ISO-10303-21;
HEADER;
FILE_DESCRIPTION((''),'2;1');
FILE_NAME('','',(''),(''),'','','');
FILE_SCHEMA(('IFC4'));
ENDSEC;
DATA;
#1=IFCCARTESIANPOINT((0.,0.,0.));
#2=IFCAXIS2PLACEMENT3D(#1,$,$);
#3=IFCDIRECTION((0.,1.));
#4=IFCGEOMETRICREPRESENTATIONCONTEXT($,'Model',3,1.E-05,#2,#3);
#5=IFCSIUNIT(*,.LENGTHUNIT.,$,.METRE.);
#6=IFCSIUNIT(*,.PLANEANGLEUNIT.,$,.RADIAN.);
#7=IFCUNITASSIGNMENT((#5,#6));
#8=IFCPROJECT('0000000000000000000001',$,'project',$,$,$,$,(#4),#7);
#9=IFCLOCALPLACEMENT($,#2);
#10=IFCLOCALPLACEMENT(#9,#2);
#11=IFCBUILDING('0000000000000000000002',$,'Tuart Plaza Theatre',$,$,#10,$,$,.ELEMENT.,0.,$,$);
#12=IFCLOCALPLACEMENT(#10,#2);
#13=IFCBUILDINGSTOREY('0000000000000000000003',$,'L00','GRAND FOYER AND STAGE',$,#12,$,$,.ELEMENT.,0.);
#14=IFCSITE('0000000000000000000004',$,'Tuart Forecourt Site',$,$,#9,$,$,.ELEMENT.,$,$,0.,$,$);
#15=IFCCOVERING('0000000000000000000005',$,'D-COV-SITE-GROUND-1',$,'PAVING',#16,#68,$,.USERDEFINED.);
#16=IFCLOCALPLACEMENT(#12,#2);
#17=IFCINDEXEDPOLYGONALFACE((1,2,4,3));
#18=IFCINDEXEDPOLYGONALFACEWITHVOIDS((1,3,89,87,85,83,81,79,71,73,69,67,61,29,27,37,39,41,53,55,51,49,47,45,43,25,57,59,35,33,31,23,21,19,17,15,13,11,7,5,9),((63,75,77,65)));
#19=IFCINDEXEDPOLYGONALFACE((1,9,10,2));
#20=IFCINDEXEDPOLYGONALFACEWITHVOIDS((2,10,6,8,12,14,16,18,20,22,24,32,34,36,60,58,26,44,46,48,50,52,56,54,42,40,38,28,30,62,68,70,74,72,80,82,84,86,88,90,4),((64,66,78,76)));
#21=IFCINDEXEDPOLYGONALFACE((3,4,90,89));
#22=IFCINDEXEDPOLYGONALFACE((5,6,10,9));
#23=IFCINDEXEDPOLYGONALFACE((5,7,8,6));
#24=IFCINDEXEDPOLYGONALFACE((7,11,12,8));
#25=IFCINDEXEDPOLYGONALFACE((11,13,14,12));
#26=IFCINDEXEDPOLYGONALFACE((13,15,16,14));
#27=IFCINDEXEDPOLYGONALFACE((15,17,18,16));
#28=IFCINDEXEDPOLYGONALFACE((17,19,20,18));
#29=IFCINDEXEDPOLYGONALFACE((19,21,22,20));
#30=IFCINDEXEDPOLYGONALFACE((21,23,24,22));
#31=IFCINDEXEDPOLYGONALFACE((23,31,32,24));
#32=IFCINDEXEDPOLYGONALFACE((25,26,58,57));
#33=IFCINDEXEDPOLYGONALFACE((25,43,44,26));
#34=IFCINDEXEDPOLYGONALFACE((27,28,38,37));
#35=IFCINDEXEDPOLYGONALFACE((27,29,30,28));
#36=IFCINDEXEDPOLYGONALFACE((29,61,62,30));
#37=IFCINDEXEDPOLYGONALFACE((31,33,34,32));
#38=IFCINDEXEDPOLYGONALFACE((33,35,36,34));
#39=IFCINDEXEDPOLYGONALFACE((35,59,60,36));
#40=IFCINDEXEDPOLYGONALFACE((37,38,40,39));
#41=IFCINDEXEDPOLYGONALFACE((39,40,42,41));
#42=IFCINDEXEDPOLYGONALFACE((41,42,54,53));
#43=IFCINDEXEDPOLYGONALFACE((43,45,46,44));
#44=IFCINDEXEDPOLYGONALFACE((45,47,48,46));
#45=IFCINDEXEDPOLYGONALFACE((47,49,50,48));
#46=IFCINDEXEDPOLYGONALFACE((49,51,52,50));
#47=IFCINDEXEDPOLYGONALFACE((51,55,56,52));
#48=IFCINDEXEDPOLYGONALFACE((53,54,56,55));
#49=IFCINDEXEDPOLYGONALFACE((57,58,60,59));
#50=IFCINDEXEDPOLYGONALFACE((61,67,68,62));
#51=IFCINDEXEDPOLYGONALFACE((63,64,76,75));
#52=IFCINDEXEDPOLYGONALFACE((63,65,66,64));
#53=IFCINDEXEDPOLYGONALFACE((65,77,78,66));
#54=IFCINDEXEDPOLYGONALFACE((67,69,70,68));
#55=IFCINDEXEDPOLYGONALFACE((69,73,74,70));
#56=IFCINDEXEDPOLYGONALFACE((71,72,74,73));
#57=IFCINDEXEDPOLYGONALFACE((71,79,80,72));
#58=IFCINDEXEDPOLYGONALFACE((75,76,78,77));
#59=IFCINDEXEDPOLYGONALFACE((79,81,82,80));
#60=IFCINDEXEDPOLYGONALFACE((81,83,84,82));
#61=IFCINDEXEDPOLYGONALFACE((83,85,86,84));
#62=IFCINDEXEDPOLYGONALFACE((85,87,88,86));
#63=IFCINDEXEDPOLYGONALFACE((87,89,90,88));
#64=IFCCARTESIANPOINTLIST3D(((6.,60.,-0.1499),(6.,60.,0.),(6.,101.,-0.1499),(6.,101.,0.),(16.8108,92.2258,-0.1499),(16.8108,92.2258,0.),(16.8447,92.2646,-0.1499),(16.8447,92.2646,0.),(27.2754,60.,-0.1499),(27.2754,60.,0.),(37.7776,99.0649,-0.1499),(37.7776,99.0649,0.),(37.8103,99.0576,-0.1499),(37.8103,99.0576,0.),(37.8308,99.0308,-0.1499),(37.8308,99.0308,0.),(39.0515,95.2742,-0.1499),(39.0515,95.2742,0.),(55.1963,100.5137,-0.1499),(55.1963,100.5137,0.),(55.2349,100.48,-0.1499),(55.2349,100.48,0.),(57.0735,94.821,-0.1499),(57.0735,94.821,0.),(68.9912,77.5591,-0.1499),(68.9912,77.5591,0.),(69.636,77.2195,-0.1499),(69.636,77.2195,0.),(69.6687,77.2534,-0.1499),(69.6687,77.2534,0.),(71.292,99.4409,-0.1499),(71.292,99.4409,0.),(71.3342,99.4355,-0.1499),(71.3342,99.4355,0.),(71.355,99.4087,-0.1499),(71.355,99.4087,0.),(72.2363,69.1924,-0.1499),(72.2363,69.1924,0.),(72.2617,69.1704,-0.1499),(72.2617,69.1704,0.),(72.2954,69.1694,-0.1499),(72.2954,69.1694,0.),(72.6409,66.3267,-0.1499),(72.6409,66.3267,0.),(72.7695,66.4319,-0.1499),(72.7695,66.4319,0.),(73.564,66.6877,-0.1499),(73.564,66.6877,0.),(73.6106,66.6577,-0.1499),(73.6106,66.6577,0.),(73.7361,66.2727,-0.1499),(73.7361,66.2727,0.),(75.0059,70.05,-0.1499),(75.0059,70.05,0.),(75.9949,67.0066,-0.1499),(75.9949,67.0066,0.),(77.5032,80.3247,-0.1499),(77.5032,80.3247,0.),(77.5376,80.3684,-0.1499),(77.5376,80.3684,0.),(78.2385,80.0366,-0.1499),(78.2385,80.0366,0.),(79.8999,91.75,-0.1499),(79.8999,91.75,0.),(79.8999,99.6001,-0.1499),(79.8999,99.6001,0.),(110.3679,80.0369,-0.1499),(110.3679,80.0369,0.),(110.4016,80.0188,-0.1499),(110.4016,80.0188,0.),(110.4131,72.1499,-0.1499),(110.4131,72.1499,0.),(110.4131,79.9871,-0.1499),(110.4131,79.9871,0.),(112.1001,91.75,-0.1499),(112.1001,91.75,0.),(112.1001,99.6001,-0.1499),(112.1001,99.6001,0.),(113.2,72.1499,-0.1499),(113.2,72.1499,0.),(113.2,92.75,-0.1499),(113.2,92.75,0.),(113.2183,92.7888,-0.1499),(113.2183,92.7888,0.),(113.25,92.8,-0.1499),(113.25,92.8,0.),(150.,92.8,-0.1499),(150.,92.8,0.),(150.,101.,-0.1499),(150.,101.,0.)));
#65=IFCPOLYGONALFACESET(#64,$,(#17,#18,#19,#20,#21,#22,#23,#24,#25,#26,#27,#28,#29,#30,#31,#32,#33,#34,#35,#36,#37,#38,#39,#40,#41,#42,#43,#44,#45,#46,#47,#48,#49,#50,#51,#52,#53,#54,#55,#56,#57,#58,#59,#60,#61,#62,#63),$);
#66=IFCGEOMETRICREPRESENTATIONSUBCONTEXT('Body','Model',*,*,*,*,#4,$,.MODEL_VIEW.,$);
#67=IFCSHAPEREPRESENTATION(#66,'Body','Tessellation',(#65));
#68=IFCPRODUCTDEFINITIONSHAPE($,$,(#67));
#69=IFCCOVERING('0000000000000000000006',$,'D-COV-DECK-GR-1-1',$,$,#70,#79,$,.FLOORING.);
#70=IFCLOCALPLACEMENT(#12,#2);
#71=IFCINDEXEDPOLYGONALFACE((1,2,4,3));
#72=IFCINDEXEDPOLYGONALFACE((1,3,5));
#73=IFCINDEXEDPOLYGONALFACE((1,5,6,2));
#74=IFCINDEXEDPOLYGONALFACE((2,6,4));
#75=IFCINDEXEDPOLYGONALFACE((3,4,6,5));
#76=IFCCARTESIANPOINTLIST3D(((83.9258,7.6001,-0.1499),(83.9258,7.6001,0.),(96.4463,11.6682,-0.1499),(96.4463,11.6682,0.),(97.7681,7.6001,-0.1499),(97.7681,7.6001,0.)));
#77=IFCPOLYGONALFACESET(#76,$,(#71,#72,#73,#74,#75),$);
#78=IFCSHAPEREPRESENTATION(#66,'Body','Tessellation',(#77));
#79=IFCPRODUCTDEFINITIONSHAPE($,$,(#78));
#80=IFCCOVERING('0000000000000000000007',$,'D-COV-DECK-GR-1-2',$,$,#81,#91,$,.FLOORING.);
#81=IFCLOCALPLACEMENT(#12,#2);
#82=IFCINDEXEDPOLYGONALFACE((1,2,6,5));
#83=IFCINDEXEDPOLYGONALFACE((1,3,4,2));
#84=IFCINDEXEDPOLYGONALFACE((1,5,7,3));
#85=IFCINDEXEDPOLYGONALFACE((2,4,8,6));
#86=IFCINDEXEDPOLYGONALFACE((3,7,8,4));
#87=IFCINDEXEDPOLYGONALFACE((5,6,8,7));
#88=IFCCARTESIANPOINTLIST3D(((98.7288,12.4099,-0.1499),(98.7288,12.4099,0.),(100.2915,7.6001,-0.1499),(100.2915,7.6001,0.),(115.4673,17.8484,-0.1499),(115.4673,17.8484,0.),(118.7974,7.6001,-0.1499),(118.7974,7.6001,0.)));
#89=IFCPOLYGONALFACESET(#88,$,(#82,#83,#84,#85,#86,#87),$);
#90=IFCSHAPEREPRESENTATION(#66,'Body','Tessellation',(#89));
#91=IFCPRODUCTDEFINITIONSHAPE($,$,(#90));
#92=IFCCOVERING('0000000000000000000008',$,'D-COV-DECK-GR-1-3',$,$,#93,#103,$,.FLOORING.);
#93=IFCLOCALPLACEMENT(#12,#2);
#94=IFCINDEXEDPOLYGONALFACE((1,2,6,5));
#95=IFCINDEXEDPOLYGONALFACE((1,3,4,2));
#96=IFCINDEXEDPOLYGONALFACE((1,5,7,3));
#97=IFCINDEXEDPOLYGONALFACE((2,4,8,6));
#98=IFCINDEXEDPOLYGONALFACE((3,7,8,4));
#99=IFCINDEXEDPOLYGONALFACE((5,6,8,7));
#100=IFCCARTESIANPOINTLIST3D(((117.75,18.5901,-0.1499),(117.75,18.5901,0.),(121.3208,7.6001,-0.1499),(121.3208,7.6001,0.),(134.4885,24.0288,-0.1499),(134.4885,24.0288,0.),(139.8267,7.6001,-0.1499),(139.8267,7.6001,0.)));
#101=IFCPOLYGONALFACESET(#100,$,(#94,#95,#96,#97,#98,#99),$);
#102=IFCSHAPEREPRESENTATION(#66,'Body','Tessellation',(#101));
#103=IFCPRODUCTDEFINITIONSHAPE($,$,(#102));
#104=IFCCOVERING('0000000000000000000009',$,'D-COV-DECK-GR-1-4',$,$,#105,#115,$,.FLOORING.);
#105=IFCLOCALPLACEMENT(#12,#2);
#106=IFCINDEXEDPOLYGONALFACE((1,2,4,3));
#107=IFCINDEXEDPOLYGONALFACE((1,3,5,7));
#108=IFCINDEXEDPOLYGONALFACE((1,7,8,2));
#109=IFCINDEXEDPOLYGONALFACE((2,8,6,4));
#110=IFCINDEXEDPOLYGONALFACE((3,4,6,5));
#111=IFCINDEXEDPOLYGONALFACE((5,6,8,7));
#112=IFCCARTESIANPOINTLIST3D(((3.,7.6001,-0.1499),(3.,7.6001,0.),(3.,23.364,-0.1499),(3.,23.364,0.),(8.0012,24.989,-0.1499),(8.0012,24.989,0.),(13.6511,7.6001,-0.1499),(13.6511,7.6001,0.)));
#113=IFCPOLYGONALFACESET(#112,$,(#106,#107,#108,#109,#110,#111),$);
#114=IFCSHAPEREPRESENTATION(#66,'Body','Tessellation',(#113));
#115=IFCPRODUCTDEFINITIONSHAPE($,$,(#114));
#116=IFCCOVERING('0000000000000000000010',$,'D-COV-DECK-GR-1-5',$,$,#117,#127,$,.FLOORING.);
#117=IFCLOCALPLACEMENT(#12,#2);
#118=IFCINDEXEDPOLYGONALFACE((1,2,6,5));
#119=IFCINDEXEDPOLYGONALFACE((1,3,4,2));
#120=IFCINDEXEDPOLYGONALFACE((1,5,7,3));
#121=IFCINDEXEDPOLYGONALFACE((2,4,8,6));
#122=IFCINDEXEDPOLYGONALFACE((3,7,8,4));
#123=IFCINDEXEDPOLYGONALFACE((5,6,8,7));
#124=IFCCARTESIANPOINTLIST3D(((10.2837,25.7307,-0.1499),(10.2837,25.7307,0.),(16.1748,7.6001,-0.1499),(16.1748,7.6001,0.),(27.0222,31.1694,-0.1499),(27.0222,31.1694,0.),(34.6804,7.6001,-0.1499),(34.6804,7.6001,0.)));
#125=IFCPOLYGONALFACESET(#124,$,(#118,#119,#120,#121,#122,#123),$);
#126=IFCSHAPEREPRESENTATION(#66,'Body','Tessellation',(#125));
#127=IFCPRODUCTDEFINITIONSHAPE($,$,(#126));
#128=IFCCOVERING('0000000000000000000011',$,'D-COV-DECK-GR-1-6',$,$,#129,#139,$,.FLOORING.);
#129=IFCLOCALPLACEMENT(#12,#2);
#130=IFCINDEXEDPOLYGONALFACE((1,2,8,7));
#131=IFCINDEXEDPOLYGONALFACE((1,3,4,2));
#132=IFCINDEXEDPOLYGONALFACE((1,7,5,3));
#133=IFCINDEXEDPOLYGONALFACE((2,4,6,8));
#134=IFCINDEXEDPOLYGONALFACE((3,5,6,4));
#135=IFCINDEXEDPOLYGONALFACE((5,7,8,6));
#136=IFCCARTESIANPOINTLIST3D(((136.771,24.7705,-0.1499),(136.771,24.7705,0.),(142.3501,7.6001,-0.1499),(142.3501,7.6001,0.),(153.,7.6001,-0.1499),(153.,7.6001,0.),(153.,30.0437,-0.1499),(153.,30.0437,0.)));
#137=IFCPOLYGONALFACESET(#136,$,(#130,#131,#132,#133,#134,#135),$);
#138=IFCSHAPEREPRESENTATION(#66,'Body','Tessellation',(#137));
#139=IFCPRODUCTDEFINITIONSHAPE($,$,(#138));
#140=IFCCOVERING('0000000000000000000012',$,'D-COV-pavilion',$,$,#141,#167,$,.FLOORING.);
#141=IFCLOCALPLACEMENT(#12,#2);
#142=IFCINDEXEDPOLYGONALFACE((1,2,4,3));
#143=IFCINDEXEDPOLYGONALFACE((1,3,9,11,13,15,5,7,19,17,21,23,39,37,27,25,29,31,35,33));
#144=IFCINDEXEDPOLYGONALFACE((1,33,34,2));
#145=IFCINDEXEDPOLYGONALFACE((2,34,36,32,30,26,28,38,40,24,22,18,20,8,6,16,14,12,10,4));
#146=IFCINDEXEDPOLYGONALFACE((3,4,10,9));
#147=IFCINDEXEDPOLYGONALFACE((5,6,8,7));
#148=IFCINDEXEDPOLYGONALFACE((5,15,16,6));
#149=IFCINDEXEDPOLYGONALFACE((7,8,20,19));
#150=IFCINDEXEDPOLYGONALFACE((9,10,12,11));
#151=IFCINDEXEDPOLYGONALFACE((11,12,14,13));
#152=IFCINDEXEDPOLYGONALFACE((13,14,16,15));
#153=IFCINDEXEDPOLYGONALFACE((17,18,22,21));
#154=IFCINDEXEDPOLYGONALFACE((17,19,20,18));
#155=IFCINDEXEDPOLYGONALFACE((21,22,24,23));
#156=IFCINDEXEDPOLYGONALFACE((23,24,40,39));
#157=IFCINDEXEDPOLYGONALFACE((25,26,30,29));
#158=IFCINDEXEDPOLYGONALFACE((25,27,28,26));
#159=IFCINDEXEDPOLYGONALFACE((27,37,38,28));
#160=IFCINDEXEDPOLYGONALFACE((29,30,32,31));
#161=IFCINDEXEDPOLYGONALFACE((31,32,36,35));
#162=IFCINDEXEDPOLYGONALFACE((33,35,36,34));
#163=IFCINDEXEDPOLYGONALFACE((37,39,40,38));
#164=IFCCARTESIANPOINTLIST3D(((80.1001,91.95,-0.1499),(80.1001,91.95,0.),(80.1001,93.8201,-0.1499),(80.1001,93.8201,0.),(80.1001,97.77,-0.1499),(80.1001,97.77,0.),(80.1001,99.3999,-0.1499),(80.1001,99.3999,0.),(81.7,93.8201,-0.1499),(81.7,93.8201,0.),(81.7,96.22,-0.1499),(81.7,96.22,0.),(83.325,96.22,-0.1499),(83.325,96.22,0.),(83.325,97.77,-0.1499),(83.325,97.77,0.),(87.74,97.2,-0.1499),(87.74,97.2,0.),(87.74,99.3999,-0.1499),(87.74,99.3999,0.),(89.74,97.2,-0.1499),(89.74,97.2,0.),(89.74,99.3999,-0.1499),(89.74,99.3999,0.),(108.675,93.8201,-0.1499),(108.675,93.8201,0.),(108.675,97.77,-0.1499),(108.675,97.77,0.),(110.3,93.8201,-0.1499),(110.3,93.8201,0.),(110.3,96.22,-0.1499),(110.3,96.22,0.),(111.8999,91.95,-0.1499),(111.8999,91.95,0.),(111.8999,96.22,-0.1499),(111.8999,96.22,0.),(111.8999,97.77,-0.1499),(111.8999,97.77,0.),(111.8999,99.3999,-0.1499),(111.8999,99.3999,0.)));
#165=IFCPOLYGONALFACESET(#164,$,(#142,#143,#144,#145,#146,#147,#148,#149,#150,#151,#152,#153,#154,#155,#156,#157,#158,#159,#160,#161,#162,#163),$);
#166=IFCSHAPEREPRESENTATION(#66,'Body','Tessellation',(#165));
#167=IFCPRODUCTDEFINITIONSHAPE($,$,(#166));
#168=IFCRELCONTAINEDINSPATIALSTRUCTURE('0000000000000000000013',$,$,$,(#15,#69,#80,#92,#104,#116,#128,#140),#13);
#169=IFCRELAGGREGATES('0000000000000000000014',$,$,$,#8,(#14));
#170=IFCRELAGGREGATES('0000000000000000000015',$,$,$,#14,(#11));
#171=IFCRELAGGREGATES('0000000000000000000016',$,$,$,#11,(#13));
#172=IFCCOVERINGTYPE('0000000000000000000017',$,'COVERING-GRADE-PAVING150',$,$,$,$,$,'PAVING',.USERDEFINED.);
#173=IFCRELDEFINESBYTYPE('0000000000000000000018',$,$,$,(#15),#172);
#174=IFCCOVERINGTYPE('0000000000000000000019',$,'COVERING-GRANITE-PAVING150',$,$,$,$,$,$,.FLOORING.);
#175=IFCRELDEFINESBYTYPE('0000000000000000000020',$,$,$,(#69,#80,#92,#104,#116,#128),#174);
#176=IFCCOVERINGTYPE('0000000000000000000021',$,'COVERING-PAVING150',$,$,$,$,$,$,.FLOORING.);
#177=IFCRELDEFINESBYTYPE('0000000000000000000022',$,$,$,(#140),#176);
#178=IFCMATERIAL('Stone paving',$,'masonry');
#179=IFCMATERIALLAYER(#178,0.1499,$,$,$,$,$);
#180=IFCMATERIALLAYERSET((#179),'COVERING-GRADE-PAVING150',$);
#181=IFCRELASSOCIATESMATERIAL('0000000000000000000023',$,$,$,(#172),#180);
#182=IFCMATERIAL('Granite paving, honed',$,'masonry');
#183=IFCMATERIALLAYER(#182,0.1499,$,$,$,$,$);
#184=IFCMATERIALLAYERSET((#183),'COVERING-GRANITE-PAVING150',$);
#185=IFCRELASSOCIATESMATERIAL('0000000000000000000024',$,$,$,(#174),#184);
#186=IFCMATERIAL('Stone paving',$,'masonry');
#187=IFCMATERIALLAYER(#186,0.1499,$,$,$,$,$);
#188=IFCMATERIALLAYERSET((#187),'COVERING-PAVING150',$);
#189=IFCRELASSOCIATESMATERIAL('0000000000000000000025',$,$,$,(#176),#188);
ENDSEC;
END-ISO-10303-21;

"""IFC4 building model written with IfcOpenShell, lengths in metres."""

from ifc_helpers import new_model, si_unit, direction, frame, origin, place, context, subcontext, project, spatial, polyline, outline, extrude, material, layer, layer_set, type_object, element, save


model = new_model("IFC4")

# Units and contexts
model_context = context("Model", 3, precision=1e-05, world=origin(), true_north=direction((0.0, 1.0)))
body_context = subcontext(model_context, "Body", "Model", "MODEL_VIEW")
ifc_project = project(units=[si_unit("LENGTHUNIT", "METRE"), si_unit("PLANEANGLEUNIT", "RADIAN")], contexts=[model_context])

# Site, building, storey
site_placement = place(None, origin())
site = spatial("IfcSite", under=ifc_project, at=site_placement, Name="Tuart Forecourt Site", CompositionType="ELEMENT", RefElevation=0.0)
building_placement = place(site_placement, origin())
building = spatial("IfcBuilding", under=site, at=building_placement, Name="Tuart Plaza Theatre", CompositionType="ELEMENT", ElevationOfRefHeight=0.0)
storey_placement = place(building_placement, origin())
storey = spatial("IfcBuildingStorey", under=building, at=storey_placement, Name="L00", Description="GRAND FOYER AND STAGE", CompositionType="ELEMENT", Elevation=0.0)

# Coverings
ifc_material_1 = material(Name="Stone paving", Category="masonry")
ifc_layer_1 = layer(ifc_material_1, 0.1499)
ifc_layer_set_1 = layer_set([ifc_layer_1], Name="COVERING-GRADE-PAVING150")
covering_type_1 = type_object("IfcCoveringType", Name="COVERING-GRADE-PAVING150", ElementType="PAVING", PredefinedType="USERDEFINED", material=ifc_layer_set_1)
covering_1_placement = place(storey_placement, frame((0.0, 0.0, -0.1499)))
element("IfcCovering", 1, at=covering_1_placement, inside=storey, type_object=covering_type_1, Name="D-COV-SITE-GROUND-1", ObjectType="PAVING", PredefinedType="USERDEFINED", context=body_context, shape_type="SweptSolid", body=[
    extrude(outline(polyline([(72.7695, 66.4319), (73.564, 66.6877), (73.6106, 66.6577), (73.7361, 66.2727), (75.9949, 67.0066), (75.0059, 70.05), (72.2954, 69.1694), (72.2617, 69.1704), (72.2363, 69.1924), (69.636, 77.2195), (69.6687, 77.2534), (78.2385, 80.0366), (110.3679, 80.0369), (110.4016, 80.0188), (110.4131, 79.9871), (110.4131, 72.1499), (113.2, 72.1499), (113.2, 92.75), (113.2183, 92.7888), (113.25, 92.8), (150.0, 92.8), (150.0, 101.0), (6.0, 101.0), (6.0, 60.0), (27.2754, 60.0), (16.8108, 92.2258), (16.8447, 92.2646), (37.7776, 99.0649), (37.8103, 99.0576), (37.8308, 99.0308), (39.0515, 95.2742), (55.1963, 100.5137), (55.2349, 100.48), (57.0735, 94.821), (71.292, 99.4409), (71.3342, 99.4355), (71.355, 99.4087), (77.5376, 80.3684), (77.5032, 80.3247), (68.9912, 77.5591), (72.6409, 66.3267), (72.7695, 66.4319)]), holes=[polyline([(79.8999, 91.75), (112.1001, 91.75), (112.1001, 99.6001), (79.8999, 99.6001), (79.8999, 91.75)])]), origin(), (0.0, 0.0, 1.0), 0.1499),
])
ifc_material_2 = material(Name="Granite paving, honed", Category="masonry")
ifc_layer_2 = layer(ifc_material_2, 0.1499)
ifc_layer_set_2 = layer_set([ifc_layer_2], Name="COVERING-GRANITE-PAVING150")
covering_type_2 = type_object("IfcCoveringType", Name="COVERING-GRANITE-PAVING150", PredefinedType="FLOORING", material=ifc_layer_set_2)
covering_2_placement = place(storey_placement, frame((0.0, 0.0, -0.1499)))
element("IfcCovering", 2, at=covering_2_placement, inside=storey, type_object=covering_type_2, Name="D-COV-DECK-GR-1-1", PredefinedType="FLOORING", context=body_context, shape_type="SweptSolid", body=[
    extrude(outline(polyline([(97.7681, 7.6001), (96.4463, 11.6682), (83.9258, 7.6001), (97.7681, 7.6001)])), origin(), (0.0, 0.0, 1.0), 0.1499),
])
covering_3_placement = place(storey_placement, frame((0.0, 0.0, -0.1499)))
element("IfcCovering", 3, at=covering_3_placement, inside=storey, type_object=covering_type_2, Name="D-COV-DECK-GR-1-2", PredefinedType="FLOORING", context=body_context, shape_type="SweptSolid", body=[
    extrude(outline(polyline([(118.7974, 7.6001), (115.4673, 17.8484), (98.7288, 12.4099), (100.2915, 7.6001), (118.7974, 7.6001)])), origin(), (0.0, 0.0, 1.0), 0.1499),
])
covering_4_placement = place(storey_placement, frame((0.0, 0.0, -0.1499)))
element("IfcCovering", 4, at=covering_4_placement, inside=storey, type_object=covering_type_2, Name="D-COV-DECK-GR-1-3", PredefinedType="FLOORING", context=body_context, shape_type="SweptSolid", body=[
    extrude(outline(polyline([(139.8267, 7.6001), (134.4885, 24.0288), (117.75, 18.5901), (121.3208, 7.6001), (139.8267, 7.6001)])), origin(), (0.0, 0.0, 1.0), 0.1499),
])
covering_5_placement = place(storey_placement, frame((0.0, 0.0, -0.1499)))
element("IfcCovering", 5, at=covering_5_placement, inside=storey, type_object=covering_type_2, Name="D-COV-DECK-GR-1-4", PredefinedType="FLOORING", context=body_context, shape_type="SweptSolid", body=[
    extrude(outline(polyline([(13.6511, 7.6001), (8.0012, 24.989), (3.0, 23.364), (3.0, 7.6001), (13.6511, 7.6001)])), origin(), (0.0, 0.0, 1.0), 0.1499),
])
covering_6_placement = place(storey_placement, frame((0.0, 0.0, -0.1499)))
element("IfcCovering", 6, at=covering_6_placement, inside=storey, type_object=covering_type_2, Name="D-COV-DECK-GR-1-5", PredefinedType="FLOORING", context=body_context, shape_type="SweptSolid", body=[
    extrude(outline(polyline([(34.6804, 7.6001), (27.0222, 31.1694), (10.2837, 25.7307), (16.1748, 7.6001), (34.6804, 7.6001)])), origin(), (0.0, 0.0, 1.0), 0.1499),
])
covering_7_placement = place(storey_placement, frame((0.0, 0.0, -0.1499)))
element("IfcCovering", 7, at=covering_7_placement, inside=storey, type_object=covering_type_2, Name="D-COV-DECK-GR-1-6", PredefinedType="FLOORING", context=body_context, shape_type="SweptSolid", body=[
    extrude(outline(polyline([(153.0, 30.0437), (136.771, 24.7705), (142.3501, 7.6001), (153.0, 7.6001), (153.0, 30.0437)])), origin(), (0.0, 0.0, 1.0), 0.1499),
])
ifc_material_3 = material(Name="Stone paving", Category="masonry")
ifc_layer_3 = layer(ifc_material_3, 0.1499)
ifc_layer_set_3 = layer_set([ifc_layer_3], Name="COVERING-PAVING150")
covering_type_3 = type_object("IfcCoveringType", Name="COVERING-PAVING150", PredefinedType="FLOORING", material=ifc_layer_set_3)
covering_8_placement = place(storey_placement, frame((0.0, 0.0, -0.1499)))
element("IfcCovering", 8, at=covering_8_placement, inside=storey, type_object=covering_type_3, Name="D-COV-pavilion", PredefinedType="FLOORING", context=body_context, shape_type="SweptSolid", body=[
    extrude(outline(polyline([(111.8999, 91.95), (111.8999, 96.22), (110.3, 96.22), (110.3, 93.8201), (108.675, 93.8201), (108.675, 97.77), (111.8999, 97.77), (111.8999, 99.3999), (89.74, 99.3999), (89.74, 97.2), (87.74, 97.2), (87.74, 99.3999), (80.1001, 99.3999), (80.1001, 97.77), (83.325, 97.77), (83.325, 96.22), (81.7, 96.22), (81.7, 93.8201), (80.1001, 93.8201), (80.1001, 91.95), (111.8999, 91.95)])), origin(), (0.0, 0.0, 1.0), 0.1499),
])

save(model, "model.ifc")
